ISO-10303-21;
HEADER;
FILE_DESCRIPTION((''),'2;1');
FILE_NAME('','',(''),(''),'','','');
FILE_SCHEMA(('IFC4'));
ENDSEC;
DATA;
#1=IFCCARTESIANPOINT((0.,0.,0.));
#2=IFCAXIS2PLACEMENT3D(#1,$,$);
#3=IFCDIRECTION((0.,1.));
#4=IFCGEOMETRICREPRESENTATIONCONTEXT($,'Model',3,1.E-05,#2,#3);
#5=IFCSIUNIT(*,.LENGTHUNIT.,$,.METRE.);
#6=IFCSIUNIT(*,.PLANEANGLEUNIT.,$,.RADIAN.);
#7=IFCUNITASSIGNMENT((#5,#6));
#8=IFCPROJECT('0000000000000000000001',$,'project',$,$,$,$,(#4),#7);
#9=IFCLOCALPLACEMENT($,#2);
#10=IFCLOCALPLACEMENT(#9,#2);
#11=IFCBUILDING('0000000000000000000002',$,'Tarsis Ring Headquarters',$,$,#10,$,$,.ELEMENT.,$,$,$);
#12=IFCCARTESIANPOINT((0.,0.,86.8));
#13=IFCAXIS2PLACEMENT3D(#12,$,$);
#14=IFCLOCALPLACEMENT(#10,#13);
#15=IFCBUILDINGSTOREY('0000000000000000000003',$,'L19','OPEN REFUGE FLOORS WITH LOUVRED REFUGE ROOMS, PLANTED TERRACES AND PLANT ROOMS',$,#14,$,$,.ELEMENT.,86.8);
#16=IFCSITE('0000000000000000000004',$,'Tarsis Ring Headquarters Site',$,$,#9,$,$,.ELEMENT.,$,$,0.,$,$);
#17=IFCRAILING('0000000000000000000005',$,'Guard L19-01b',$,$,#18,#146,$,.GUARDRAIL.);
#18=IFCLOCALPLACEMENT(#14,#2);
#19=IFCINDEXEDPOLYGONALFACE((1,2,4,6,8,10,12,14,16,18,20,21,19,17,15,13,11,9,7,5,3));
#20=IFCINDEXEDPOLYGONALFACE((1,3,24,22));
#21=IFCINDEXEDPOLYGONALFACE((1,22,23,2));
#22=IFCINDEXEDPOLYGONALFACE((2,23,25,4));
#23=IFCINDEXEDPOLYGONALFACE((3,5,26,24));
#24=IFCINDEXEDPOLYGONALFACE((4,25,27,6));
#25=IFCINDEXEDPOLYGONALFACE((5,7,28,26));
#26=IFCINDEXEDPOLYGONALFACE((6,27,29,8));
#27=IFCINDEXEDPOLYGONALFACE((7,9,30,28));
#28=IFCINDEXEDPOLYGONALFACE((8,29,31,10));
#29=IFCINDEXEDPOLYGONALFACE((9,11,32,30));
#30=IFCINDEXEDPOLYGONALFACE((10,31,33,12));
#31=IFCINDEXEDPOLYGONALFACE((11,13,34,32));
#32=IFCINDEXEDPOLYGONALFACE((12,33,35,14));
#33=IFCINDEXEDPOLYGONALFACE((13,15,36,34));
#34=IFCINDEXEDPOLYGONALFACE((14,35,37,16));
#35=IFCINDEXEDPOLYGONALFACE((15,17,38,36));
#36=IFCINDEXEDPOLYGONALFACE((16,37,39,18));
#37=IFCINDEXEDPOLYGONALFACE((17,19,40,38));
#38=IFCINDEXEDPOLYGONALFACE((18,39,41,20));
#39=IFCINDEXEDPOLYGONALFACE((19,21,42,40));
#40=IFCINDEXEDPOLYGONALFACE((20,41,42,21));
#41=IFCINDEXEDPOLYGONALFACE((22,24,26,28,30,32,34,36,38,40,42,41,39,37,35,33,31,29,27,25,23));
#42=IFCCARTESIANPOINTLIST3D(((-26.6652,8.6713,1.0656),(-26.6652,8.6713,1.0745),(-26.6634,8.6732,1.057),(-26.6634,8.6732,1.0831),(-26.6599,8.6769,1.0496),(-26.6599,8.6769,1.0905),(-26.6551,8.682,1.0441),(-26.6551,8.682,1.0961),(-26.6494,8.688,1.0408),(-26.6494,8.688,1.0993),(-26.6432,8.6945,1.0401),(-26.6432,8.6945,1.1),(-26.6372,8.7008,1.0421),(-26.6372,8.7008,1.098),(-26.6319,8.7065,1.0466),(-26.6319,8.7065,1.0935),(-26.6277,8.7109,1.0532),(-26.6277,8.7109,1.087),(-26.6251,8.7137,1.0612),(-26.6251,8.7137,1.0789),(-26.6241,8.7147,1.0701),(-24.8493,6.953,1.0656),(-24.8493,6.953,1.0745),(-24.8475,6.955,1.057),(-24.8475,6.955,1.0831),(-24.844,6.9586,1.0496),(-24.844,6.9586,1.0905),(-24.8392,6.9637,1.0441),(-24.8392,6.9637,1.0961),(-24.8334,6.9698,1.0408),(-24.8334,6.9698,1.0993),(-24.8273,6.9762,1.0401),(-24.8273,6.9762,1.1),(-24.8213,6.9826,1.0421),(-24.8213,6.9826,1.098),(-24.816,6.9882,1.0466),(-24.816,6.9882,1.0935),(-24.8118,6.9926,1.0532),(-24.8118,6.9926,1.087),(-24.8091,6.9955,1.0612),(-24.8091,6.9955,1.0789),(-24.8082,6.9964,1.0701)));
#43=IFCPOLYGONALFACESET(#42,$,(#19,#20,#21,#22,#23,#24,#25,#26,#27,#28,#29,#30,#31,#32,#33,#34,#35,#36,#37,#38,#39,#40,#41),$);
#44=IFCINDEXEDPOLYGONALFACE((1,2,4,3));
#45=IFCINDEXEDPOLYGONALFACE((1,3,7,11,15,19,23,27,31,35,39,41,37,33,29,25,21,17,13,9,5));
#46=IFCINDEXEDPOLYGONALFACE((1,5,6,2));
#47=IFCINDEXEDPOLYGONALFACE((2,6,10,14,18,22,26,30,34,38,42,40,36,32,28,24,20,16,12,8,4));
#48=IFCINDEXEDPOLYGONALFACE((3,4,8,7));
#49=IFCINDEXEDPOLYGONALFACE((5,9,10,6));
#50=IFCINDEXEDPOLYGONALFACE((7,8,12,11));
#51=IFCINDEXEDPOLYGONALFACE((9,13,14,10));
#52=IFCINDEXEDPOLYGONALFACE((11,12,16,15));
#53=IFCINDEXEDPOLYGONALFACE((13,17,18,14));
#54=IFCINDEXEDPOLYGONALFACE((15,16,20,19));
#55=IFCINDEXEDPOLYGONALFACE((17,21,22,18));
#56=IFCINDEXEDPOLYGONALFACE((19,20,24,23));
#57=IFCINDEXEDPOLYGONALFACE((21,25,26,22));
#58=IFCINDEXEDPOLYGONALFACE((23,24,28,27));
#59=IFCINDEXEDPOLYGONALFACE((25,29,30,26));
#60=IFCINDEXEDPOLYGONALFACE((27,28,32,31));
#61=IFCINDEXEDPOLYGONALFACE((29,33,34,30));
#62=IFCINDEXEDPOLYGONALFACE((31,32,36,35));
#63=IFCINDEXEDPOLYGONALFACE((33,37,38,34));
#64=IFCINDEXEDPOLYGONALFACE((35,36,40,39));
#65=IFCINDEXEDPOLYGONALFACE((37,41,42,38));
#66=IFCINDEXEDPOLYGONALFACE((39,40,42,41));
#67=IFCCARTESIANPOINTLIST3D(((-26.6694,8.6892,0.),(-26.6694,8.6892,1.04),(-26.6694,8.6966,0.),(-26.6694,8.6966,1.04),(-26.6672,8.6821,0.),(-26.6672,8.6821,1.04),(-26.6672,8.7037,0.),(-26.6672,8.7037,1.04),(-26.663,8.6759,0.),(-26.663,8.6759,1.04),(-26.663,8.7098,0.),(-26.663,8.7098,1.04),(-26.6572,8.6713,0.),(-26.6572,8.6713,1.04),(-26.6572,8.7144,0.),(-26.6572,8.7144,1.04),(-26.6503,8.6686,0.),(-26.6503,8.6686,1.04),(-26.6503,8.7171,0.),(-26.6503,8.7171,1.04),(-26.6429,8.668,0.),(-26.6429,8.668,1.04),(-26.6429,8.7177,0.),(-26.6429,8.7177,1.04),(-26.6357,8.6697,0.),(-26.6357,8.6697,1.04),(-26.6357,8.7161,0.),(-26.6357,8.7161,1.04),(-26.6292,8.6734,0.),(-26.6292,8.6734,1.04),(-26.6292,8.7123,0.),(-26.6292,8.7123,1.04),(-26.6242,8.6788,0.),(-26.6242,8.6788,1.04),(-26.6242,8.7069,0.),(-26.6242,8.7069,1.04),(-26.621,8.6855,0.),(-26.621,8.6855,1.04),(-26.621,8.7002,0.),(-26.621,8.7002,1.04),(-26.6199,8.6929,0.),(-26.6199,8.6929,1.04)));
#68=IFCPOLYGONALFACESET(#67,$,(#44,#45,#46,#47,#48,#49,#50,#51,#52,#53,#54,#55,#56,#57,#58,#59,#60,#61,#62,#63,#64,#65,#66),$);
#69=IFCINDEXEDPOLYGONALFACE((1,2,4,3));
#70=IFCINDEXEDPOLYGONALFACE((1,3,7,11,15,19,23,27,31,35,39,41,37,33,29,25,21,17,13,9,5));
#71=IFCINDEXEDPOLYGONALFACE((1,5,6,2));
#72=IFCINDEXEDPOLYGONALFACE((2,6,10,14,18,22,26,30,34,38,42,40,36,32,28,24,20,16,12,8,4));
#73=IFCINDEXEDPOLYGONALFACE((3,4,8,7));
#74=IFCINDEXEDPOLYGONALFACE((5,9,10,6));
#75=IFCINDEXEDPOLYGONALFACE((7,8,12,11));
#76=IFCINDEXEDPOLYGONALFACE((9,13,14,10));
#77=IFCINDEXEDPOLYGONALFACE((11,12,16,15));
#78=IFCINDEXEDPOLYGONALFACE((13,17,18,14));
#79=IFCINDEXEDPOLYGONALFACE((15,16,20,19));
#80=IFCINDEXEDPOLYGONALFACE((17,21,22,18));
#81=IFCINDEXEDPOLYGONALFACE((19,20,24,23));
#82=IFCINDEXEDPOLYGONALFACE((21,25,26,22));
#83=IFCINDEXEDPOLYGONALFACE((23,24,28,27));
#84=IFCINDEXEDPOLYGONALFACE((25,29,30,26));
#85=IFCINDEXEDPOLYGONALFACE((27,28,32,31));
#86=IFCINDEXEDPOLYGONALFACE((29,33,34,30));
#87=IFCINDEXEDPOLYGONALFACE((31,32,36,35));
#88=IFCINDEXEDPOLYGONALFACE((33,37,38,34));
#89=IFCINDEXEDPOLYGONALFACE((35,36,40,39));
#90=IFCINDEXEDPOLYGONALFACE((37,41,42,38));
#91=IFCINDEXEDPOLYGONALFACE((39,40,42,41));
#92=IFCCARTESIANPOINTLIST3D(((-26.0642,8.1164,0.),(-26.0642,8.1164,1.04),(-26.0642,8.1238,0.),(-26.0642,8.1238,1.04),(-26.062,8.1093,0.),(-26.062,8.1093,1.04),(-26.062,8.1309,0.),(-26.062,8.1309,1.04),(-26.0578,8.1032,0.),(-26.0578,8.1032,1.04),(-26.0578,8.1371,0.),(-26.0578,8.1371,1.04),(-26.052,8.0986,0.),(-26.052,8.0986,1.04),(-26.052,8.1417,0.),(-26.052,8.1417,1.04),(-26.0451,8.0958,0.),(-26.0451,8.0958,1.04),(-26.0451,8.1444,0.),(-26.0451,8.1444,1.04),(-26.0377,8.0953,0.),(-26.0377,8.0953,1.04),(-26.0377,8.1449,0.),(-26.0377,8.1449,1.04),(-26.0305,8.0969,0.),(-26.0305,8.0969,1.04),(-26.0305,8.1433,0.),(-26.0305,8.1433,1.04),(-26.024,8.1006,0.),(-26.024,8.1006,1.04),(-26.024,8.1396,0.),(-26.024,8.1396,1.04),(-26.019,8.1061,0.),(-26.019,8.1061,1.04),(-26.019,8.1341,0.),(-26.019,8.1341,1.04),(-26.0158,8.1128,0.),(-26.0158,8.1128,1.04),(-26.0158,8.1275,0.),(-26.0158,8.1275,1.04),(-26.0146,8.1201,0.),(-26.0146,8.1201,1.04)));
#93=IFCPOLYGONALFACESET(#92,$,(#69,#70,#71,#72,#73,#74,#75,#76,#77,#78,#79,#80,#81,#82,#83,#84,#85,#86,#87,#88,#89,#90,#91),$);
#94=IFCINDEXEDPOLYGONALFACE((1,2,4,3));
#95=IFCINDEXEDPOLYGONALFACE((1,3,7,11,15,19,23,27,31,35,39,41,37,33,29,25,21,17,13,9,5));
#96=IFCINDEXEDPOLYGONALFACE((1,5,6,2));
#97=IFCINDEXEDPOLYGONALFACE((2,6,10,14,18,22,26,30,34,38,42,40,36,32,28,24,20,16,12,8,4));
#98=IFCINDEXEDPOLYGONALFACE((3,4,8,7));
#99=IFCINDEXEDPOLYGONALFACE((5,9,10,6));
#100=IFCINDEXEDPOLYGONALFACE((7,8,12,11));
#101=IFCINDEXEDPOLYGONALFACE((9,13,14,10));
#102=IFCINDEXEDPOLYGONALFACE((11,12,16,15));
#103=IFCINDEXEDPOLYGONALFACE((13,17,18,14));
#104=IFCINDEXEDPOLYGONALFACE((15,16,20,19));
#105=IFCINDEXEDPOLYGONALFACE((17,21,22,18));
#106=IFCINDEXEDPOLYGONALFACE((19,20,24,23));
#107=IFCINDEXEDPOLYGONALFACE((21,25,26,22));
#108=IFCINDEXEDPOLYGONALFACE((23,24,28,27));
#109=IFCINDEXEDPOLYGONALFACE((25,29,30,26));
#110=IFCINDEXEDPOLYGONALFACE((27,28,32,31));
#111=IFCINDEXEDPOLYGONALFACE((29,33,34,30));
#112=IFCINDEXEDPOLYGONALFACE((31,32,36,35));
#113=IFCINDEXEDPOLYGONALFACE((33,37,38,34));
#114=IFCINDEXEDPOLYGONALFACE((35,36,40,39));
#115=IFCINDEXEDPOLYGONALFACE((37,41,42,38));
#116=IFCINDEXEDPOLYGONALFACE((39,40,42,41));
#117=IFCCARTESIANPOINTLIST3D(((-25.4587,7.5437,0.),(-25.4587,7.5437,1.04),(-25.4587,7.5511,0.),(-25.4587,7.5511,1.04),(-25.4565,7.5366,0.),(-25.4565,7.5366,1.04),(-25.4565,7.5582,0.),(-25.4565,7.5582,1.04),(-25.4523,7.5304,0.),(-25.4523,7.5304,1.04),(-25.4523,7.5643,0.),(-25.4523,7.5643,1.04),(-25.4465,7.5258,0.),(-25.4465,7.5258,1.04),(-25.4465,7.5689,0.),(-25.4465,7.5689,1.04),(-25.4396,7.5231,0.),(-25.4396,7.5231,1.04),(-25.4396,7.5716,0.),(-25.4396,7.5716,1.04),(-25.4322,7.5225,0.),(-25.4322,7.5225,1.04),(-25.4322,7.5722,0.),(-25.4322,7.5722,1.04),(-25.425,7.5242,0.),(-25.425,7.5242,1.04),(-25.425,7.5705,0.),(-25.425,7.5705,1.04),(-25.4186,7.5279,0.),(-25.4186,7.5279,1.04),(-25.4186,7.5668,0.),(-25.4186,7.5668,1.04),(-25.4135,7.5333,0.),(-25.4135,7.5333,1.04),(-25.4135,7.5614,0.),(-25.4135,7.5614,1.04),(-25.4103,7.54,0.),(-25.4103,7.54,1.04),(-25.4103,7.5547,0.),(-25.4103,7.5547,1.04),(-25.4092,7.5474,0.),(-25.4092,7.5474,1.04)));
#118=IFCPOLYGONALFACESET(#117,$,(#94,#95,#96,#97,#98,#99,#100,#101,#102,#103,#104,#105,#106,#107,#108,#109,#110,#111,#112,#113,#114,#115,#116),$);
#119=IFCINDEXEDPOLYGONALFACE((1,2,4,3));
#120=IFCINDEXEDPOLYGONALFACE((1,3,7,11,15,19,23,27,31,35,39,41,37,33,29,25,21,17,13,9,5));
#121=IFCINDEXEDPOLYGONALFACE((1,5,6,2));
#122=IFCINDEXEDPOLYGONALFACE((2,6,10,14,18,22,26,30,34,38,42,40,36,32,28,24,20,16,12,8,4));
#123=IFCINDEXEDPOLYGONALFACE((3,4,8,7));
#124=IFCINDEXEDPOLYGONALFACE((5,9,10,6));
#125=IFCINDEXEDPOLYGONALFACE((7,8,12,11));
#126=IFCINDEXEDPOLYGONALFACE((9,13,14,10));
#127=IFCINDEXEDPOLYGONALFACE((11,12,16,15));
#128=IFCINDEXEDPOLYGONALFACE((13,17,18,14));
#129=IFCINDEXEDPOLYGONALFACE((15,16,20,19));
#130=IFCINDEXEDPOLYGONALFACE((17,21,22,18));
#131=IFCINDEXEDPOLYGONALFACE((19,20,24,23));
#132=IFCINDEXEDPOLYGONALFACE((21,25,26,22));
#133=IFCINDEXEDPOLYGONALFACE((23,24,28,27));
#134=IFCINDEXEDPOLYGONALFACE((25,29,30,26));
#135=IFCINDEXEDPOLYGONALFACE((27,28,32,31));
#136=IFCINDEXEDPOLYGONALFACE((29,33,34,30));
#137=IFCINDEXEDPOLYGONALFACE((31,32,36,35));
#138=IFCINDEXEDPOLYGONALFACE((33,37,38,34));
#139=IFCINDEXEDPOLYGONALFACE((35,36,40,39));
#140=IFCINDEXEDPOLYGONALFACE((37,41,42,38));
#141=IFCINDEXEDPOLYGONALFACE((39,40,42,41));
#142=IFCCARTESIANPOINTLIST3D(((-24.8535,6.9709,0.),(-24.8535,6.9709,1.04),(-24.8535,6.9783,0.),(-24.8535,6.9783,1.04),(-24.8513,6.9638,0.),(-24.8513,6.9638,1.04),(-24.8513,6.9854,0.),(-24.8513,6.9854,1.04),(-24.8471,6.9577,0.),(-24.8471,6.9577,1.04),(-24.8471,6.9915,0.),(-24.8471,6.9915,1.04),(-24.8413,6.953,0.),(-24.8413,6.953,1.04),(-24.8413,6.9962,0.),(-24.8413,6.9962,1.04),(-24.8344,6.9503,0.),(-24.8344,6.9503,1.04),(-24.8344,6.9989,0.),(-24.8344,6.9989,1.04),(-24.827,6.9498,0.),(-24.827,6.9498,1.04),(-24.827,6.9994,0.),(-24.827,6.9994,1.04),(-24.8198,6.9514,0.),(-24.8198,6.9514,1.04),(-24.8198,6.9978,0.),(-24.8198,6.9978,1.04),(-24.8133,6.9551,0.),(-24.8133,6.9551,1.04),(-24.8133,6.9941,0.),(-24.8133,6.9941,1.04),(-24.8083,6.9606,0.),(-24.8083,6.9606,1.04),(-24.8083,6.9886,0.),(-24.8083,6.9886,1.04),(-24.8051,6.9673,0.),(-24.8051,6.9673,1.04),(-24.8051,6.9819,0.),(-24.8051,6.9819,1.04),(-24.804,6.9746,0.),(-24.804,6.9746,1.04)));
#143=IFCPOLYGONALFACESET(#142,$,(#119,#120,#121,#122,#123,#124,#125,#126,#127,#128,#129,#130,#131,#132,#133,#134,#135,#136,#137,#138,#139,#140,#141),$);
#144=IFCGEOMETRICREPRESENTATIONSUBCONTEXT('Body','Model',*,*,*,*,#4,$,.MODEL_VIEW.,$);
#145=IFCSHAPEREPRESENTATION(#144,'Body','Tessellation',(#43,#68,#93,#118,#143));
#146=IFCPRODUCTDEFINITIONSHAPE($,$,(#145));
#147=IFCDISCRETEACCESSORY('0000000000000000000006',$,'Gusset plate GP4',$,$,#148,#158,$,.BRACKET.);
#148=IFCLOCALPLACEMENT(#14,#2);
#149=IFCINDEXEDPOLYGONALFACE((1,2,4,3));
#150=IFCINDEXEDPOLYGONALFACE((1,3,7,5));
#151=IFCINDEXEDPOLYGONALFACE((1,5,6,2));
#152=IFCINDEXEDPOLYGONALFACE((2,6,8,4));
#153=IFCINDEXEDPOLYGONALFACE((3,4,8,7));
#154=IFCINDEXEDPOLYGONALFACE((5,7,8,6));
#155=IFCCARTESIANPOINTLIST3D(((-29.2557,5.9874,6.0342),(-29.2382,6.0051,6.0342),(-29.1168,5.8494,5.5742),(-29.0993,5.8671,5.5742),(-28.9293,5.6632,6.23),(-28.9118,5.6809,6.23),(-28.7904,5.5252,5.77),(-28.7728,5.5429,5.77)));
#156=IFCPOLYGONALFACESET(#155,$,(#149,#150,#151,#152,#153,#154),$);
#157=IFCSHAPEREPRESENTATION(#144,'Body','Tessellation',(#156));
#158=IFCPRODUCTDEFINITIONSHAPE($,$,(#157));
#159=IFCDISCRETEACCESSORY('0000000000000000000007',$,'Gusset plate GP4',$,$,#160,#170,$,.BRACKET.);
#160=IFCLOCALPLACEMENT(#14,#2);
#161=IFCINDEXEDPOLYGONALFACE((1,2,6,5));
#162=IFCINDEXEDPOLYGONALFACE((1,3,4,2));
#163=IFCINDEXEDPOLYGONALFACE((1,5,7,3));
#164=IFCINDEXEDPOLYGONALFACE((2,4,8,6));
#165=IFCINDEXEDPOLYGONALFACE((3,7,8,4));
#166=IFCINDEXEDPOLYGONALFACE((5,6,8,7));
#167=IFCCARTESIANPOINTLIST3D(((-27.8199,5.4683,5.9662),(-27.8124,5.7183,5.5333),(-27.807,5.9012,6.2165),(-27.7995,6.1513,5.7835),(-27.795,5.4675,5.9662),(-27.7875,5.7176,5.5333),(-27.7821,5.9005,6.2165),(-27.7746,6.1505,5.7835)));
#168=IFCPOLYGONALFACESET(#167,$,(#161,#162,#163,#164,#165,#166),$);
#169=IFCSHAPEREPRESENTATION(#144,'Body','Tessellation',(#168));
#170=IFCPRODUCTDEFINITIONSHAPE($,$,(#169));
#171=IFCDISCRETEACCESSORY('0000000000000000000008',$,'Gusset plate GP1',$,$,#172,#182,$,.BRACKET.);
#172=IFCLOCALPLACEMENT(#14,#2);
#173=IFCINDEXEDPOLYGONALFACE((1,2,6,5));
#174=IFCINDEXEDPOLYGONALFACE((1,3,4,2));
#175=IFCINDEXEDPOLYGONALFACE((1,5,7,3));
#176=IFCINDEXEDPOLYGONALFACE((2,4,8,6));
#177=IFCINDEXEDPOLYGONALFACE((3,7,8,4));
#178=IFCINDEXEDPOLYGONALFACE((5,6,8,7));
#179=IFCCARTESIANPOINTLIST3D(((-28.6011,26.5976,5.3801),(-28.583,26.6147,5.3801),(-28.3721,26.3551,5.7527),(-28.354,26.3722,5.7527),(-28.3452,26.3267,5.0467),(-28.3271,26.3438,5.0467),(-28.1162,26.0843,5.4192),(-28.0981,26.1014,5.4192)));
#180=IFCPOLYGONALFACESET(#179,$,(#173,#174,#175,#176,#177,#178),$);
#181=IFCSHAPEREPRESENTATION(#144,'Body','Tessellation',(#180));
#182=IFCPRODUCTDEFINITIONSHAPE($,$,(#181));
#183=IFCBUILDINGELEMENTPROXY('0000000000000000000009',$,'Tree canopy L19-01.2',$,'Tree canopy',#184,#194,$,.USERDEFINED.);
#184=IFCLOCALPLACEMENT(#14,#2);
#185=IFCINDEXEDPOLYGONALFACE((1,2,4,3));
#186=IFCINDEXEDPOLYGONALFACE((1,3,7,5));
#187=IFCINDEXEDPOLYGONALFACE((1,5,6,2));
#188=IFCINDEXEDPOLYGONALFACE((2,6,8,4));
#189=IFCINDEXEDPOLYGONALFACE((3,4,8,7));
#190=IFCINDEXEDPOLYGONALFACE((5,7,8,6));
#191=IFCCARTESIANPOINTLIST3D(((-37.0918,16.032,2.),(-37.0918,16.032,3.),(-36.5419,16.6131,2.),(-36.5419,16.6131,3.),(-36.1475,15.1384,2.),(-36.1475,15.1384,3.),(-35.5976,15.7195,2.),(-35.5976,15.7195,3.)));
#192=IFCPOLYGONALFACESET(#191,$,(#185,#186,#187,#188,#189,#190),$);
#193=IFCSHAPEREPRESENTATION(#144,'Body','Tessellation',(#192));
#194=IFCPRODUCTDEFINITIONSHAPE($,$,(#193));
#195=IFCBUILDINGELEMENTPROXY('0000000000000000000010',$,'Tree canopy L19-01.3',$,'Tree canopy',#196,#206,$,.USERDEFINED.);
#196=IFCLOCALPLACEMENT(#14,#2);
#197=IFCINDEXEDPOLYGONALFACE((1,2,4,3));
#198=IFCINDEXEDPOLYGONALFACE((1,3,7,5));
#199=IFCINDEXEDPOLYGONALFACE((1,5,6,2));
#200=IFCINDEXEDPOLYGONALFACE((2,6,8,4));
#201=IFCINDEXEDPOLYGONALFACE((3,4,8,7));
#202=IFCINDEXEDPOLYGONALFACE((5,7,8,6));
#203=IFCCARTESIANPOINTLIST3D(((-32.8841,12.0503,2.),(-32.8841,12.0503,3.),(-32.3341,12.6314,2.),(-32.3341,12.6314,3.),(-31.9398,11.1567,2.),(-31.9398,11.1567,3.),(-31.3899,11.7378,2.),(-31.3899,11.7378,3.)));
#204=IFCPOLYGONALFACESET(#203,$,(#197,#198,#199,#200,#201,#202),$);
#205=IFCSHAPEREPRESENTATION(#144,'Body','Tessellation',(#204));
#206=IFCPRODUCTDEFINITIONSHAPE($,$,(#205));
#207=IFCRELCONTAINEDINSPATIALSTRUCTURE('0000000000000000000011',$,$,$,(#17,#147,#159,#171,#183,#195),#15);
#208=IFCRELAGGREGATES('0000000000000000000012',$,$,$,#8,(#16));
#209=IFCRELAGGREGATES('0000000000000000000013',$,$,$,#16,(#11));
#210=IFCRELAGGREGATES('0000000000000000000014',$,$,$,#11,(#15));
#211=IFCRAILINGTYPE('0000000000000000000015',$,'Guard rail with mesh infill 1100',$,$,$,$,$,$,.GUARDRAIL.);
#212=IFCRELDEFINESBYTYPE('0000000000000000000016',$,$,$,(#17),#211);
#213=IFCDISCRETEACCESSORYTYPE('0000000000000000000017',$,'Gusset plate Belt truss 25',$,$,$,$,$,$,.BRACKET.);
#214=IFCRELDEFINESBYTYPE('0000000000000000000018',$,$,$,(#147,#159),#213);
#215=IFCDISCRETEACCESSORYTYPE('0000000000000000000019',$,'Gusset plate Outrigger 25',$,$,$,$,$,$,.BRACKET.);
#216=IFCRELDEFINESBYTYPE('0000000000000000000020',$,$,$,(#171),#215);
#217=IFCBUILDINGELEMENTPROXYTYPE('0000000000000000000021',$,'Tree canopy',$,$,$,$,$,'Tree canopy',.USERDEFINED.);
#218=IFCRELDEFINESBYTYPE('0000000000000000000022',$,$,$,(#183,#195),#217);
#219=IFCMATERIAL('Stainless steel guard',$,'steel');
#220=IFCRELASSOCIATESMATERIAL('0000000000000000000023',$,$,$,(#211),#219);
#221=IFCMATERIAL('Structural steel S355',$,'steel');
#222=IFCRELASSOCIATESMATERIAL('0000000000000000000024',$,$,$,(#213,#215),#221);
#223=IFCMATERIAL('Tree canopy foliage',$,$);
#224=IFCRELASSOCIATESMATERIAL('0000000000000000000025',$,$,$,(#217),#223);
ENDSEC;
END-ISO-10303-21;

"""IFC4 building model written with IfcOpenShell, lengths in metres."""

from ifc_helpers import new_model, si_unit, direction, frame, origin, origin_2d, place, context, subcontext, project, spatial, rectangle, circle, extrude, material, material_profile, profile_set, type_object, element, save


model = new_model("IFC4")

# Units and contexts
model_context = context("Model", 3, precision=1e-05, world=origin(), true_north=direction((0.0, 1.0)))
body_context = subcontext(model_context, "Body", "Model", "MODEL_VIEW")
ifc_project = project(units=[si_unit("LENGTHUNIT", "METRE"), si_unit("PLANEANGLEUNIT", "RADIAN")], contexts=[model_context])

# Site, building, storey
site_placement = place(None, origin())
site = spatial("IfcSite", under=ifc_project, at=site_placement, Name="Tarsis Ring Headquarters Site", CompositionType="ELEMENT", RefElevation=0.0)
building_placement = place(site_placement, origin())
building = spatial("IfcBuilding", under=site, at=building_placement, Name="Tarsis Ring Headquarters", CompositionType="ELEMENT")
storey_placement = place(building_placement, frame((0.0, 0.0, 86.8)))
storey = spatial("IfcBuildingStorey", under=building, at=storey_placement, Name="L19", Description="OPEN REFUGE FLOORS WITH LOUVRED REFUGE ROOMS, PLANTED TERRACES AND PLANT ROOMS", CompositionType="ELEMENT", Elevation=86.8)

# Shared definitions
ifc_material_1 = material(Name="Structural steel S355", Category="steel")

# Railing
ifc_material_2 = material(Name="Stainless steel guard", Category="steel")
railing_type = type_object("IfcRailingType", Name="Guard rail with mesh infill 1100", PredefinedType="GUARDRAIL", material=ifc_material_2)
railing_placement = place(storey_placement, frame((-26.6448, 8.6929, 0.0)))
element("IfcRailing", 1, at=railing_placement, inside=storey, type_object=railing_type, Name="Guard L19-01b", PredefinedType="GUARDRAIL", context=body_context, shape_type="SweptSolid", body=[
    extrude(circle(Radius=0.03, at=origin_2d()), frame((0.0, 0.0, 1.0701), z_axis=(0.726368, -0.687306, 0.0), x_axis=(0.687306, 0.726368, 0.0)), (0.0, 0.0, 1.0), 2.5),
    extrude(circle(Radius=0.0249, at=origin_2d()), origin(), (0.0, 0.0, 1.0), 1.04),
    extrude(circle(Radius=0.0249, at=origin_2d()), frame((0.6052, -0.5728, 0.0)), (0.0, 0.0, 1.0), 1.04),
    extrude(circle(Radius=0.0249, at=origin_2d()), frame((1.2107, -1.1455, 0.0)), (0.0, 0.0, 1.0), 1.04),
    extrude(circle(Radius=0.0249, at=origin_2d()), frame((1.8159, -1.7183, 0.0)), (0.0, 0.0, 1.0), 1.04),
])

# Discrete accessories
ifc_material_profile_1 = material_profile(ifc_material_1, rectangle(XDim=0.0249, YDim=0.5, at=origin_2d()), Name="PL 25x500")
ifc_profile_set_1 = profile_set([ifc_material_profile_1], Name="Structural steel S355")
discrete_accessory_type_1 = type_object("IfcDiscreteAccessoryType", Name="Gusset plate Belt truss 25", PredefinedType="BRACKET", material=ifc_profile_set_1)
discrete_accessory_1_placement = place(storey_placement, frame((-28.8511, 5.603, 6.0), z_axis=(-0.652828, 0.648433, -0.391599), x_axis=(-0.704715, -0.709491, 0.0)))
element("IfcDiscreteAccessory", 2, at=discrete_accessory_1_placement, inside=storey, type_object=discrete_accessory_type_1, Name="Gusset plate GP4", PredefinedType="BRACKET", context=body_context, shape_type="SweptSolid", body=[
    extrude(rectangle(XDim=0.0249, YDim=0.5, at=origin_2d()), origin(), (0.0, 0.0, 1.0), 0.5),
])
discrete_accessory_2_placement = place(storey_placement, frame((-27.7908, 6.0259, 6.0), z_axis=(-0.025871, -0.865448, -0.50033), x_axis=(0.999554, -0.029879, 0.0)))
element("IfcDiscreteAccessory", 3, at=discrete_accessory_2_placement, inside=storey, type_object=discrete_accessory_type_1, Name="Gusset plate GP4", PredefinedType="BRACKET", context=body_context, shape_type="SweptSolid", body=[
    extrude(rectangle(XDim=0.0249, YDim=0.5, at=origin_2d()), origin(), (0.0, 0.0, 1.0), 0.5002),
])
discrete_accessory_type_2 = type_object("IfcDiscreteAccessoryType", Name="Gusset plate Outrigger 25", PredefinedType="BRACKET", material=ifc_profile_set_1)
discrete_accessory_3_placement = place(storey_placement, frame((-28.2351, 26.2283, 5.5859), z_axis=(-0.457993, 0.484848, -0.745094), x_axis=(-0.726952, -0.686688, 0.0)))
element("IfcDiscreteAccessory", 4, at=discrete_accessory_3_placement, inside=storey, type_object=discrete_accessory_type_2, Name="Gusset plate GP1", PredefinedType="BRACKET", context=body_context, shape_type="SweptSolid", body=[
    extrude(rectangle(XDim=0.0249, YDim=0.5, at=origin_2d()), origin(), (0.0, 0.0, 1.0), 0.5),
])

# Building element proxies
ifc_material_3 = material(Name="Tree canopy foliage")
building_element_proxy_type_1 = type_object("IfcBuildingElementProxyType", Name="Tree canopy", ElementType="Tree canopy", PredefinedType="USERDEFINED", material=ifc_material_3)
for number, where, z_axis, x_axis, name in (
    (5, (-36.3447, 15.8757, 2.0), (0.0, 0.0, 1.0), (0.726335, -0.687341, 0.0), "Tree canopy L19-01.2"),
    (6, (-32.137, 11.894, 2.0), (0.0, 0.0, 1.0), (0.726335, -0.687341, 0.0), "Tree canopy L19-01.3"),
):
    element("IfcBuildingElementProxy", number, at=place(storey_placement, frame(where, z_axis=z_axis, x_axis=x_axis)), inside=storey, type_object=building_element_proxy_type_1, Name=name, ObjectType="Tree canopy", PredefinedType="USERDEFINED", context=body_context, shape_type="SweptSolid", body=[
        extrude(rectangle(XDim=1.3, YDim=0.8, at=origin_2d()), origin(), (0.0, 0.0, 1.0), 1.0),
    ])

save(model, "model.ifc")
